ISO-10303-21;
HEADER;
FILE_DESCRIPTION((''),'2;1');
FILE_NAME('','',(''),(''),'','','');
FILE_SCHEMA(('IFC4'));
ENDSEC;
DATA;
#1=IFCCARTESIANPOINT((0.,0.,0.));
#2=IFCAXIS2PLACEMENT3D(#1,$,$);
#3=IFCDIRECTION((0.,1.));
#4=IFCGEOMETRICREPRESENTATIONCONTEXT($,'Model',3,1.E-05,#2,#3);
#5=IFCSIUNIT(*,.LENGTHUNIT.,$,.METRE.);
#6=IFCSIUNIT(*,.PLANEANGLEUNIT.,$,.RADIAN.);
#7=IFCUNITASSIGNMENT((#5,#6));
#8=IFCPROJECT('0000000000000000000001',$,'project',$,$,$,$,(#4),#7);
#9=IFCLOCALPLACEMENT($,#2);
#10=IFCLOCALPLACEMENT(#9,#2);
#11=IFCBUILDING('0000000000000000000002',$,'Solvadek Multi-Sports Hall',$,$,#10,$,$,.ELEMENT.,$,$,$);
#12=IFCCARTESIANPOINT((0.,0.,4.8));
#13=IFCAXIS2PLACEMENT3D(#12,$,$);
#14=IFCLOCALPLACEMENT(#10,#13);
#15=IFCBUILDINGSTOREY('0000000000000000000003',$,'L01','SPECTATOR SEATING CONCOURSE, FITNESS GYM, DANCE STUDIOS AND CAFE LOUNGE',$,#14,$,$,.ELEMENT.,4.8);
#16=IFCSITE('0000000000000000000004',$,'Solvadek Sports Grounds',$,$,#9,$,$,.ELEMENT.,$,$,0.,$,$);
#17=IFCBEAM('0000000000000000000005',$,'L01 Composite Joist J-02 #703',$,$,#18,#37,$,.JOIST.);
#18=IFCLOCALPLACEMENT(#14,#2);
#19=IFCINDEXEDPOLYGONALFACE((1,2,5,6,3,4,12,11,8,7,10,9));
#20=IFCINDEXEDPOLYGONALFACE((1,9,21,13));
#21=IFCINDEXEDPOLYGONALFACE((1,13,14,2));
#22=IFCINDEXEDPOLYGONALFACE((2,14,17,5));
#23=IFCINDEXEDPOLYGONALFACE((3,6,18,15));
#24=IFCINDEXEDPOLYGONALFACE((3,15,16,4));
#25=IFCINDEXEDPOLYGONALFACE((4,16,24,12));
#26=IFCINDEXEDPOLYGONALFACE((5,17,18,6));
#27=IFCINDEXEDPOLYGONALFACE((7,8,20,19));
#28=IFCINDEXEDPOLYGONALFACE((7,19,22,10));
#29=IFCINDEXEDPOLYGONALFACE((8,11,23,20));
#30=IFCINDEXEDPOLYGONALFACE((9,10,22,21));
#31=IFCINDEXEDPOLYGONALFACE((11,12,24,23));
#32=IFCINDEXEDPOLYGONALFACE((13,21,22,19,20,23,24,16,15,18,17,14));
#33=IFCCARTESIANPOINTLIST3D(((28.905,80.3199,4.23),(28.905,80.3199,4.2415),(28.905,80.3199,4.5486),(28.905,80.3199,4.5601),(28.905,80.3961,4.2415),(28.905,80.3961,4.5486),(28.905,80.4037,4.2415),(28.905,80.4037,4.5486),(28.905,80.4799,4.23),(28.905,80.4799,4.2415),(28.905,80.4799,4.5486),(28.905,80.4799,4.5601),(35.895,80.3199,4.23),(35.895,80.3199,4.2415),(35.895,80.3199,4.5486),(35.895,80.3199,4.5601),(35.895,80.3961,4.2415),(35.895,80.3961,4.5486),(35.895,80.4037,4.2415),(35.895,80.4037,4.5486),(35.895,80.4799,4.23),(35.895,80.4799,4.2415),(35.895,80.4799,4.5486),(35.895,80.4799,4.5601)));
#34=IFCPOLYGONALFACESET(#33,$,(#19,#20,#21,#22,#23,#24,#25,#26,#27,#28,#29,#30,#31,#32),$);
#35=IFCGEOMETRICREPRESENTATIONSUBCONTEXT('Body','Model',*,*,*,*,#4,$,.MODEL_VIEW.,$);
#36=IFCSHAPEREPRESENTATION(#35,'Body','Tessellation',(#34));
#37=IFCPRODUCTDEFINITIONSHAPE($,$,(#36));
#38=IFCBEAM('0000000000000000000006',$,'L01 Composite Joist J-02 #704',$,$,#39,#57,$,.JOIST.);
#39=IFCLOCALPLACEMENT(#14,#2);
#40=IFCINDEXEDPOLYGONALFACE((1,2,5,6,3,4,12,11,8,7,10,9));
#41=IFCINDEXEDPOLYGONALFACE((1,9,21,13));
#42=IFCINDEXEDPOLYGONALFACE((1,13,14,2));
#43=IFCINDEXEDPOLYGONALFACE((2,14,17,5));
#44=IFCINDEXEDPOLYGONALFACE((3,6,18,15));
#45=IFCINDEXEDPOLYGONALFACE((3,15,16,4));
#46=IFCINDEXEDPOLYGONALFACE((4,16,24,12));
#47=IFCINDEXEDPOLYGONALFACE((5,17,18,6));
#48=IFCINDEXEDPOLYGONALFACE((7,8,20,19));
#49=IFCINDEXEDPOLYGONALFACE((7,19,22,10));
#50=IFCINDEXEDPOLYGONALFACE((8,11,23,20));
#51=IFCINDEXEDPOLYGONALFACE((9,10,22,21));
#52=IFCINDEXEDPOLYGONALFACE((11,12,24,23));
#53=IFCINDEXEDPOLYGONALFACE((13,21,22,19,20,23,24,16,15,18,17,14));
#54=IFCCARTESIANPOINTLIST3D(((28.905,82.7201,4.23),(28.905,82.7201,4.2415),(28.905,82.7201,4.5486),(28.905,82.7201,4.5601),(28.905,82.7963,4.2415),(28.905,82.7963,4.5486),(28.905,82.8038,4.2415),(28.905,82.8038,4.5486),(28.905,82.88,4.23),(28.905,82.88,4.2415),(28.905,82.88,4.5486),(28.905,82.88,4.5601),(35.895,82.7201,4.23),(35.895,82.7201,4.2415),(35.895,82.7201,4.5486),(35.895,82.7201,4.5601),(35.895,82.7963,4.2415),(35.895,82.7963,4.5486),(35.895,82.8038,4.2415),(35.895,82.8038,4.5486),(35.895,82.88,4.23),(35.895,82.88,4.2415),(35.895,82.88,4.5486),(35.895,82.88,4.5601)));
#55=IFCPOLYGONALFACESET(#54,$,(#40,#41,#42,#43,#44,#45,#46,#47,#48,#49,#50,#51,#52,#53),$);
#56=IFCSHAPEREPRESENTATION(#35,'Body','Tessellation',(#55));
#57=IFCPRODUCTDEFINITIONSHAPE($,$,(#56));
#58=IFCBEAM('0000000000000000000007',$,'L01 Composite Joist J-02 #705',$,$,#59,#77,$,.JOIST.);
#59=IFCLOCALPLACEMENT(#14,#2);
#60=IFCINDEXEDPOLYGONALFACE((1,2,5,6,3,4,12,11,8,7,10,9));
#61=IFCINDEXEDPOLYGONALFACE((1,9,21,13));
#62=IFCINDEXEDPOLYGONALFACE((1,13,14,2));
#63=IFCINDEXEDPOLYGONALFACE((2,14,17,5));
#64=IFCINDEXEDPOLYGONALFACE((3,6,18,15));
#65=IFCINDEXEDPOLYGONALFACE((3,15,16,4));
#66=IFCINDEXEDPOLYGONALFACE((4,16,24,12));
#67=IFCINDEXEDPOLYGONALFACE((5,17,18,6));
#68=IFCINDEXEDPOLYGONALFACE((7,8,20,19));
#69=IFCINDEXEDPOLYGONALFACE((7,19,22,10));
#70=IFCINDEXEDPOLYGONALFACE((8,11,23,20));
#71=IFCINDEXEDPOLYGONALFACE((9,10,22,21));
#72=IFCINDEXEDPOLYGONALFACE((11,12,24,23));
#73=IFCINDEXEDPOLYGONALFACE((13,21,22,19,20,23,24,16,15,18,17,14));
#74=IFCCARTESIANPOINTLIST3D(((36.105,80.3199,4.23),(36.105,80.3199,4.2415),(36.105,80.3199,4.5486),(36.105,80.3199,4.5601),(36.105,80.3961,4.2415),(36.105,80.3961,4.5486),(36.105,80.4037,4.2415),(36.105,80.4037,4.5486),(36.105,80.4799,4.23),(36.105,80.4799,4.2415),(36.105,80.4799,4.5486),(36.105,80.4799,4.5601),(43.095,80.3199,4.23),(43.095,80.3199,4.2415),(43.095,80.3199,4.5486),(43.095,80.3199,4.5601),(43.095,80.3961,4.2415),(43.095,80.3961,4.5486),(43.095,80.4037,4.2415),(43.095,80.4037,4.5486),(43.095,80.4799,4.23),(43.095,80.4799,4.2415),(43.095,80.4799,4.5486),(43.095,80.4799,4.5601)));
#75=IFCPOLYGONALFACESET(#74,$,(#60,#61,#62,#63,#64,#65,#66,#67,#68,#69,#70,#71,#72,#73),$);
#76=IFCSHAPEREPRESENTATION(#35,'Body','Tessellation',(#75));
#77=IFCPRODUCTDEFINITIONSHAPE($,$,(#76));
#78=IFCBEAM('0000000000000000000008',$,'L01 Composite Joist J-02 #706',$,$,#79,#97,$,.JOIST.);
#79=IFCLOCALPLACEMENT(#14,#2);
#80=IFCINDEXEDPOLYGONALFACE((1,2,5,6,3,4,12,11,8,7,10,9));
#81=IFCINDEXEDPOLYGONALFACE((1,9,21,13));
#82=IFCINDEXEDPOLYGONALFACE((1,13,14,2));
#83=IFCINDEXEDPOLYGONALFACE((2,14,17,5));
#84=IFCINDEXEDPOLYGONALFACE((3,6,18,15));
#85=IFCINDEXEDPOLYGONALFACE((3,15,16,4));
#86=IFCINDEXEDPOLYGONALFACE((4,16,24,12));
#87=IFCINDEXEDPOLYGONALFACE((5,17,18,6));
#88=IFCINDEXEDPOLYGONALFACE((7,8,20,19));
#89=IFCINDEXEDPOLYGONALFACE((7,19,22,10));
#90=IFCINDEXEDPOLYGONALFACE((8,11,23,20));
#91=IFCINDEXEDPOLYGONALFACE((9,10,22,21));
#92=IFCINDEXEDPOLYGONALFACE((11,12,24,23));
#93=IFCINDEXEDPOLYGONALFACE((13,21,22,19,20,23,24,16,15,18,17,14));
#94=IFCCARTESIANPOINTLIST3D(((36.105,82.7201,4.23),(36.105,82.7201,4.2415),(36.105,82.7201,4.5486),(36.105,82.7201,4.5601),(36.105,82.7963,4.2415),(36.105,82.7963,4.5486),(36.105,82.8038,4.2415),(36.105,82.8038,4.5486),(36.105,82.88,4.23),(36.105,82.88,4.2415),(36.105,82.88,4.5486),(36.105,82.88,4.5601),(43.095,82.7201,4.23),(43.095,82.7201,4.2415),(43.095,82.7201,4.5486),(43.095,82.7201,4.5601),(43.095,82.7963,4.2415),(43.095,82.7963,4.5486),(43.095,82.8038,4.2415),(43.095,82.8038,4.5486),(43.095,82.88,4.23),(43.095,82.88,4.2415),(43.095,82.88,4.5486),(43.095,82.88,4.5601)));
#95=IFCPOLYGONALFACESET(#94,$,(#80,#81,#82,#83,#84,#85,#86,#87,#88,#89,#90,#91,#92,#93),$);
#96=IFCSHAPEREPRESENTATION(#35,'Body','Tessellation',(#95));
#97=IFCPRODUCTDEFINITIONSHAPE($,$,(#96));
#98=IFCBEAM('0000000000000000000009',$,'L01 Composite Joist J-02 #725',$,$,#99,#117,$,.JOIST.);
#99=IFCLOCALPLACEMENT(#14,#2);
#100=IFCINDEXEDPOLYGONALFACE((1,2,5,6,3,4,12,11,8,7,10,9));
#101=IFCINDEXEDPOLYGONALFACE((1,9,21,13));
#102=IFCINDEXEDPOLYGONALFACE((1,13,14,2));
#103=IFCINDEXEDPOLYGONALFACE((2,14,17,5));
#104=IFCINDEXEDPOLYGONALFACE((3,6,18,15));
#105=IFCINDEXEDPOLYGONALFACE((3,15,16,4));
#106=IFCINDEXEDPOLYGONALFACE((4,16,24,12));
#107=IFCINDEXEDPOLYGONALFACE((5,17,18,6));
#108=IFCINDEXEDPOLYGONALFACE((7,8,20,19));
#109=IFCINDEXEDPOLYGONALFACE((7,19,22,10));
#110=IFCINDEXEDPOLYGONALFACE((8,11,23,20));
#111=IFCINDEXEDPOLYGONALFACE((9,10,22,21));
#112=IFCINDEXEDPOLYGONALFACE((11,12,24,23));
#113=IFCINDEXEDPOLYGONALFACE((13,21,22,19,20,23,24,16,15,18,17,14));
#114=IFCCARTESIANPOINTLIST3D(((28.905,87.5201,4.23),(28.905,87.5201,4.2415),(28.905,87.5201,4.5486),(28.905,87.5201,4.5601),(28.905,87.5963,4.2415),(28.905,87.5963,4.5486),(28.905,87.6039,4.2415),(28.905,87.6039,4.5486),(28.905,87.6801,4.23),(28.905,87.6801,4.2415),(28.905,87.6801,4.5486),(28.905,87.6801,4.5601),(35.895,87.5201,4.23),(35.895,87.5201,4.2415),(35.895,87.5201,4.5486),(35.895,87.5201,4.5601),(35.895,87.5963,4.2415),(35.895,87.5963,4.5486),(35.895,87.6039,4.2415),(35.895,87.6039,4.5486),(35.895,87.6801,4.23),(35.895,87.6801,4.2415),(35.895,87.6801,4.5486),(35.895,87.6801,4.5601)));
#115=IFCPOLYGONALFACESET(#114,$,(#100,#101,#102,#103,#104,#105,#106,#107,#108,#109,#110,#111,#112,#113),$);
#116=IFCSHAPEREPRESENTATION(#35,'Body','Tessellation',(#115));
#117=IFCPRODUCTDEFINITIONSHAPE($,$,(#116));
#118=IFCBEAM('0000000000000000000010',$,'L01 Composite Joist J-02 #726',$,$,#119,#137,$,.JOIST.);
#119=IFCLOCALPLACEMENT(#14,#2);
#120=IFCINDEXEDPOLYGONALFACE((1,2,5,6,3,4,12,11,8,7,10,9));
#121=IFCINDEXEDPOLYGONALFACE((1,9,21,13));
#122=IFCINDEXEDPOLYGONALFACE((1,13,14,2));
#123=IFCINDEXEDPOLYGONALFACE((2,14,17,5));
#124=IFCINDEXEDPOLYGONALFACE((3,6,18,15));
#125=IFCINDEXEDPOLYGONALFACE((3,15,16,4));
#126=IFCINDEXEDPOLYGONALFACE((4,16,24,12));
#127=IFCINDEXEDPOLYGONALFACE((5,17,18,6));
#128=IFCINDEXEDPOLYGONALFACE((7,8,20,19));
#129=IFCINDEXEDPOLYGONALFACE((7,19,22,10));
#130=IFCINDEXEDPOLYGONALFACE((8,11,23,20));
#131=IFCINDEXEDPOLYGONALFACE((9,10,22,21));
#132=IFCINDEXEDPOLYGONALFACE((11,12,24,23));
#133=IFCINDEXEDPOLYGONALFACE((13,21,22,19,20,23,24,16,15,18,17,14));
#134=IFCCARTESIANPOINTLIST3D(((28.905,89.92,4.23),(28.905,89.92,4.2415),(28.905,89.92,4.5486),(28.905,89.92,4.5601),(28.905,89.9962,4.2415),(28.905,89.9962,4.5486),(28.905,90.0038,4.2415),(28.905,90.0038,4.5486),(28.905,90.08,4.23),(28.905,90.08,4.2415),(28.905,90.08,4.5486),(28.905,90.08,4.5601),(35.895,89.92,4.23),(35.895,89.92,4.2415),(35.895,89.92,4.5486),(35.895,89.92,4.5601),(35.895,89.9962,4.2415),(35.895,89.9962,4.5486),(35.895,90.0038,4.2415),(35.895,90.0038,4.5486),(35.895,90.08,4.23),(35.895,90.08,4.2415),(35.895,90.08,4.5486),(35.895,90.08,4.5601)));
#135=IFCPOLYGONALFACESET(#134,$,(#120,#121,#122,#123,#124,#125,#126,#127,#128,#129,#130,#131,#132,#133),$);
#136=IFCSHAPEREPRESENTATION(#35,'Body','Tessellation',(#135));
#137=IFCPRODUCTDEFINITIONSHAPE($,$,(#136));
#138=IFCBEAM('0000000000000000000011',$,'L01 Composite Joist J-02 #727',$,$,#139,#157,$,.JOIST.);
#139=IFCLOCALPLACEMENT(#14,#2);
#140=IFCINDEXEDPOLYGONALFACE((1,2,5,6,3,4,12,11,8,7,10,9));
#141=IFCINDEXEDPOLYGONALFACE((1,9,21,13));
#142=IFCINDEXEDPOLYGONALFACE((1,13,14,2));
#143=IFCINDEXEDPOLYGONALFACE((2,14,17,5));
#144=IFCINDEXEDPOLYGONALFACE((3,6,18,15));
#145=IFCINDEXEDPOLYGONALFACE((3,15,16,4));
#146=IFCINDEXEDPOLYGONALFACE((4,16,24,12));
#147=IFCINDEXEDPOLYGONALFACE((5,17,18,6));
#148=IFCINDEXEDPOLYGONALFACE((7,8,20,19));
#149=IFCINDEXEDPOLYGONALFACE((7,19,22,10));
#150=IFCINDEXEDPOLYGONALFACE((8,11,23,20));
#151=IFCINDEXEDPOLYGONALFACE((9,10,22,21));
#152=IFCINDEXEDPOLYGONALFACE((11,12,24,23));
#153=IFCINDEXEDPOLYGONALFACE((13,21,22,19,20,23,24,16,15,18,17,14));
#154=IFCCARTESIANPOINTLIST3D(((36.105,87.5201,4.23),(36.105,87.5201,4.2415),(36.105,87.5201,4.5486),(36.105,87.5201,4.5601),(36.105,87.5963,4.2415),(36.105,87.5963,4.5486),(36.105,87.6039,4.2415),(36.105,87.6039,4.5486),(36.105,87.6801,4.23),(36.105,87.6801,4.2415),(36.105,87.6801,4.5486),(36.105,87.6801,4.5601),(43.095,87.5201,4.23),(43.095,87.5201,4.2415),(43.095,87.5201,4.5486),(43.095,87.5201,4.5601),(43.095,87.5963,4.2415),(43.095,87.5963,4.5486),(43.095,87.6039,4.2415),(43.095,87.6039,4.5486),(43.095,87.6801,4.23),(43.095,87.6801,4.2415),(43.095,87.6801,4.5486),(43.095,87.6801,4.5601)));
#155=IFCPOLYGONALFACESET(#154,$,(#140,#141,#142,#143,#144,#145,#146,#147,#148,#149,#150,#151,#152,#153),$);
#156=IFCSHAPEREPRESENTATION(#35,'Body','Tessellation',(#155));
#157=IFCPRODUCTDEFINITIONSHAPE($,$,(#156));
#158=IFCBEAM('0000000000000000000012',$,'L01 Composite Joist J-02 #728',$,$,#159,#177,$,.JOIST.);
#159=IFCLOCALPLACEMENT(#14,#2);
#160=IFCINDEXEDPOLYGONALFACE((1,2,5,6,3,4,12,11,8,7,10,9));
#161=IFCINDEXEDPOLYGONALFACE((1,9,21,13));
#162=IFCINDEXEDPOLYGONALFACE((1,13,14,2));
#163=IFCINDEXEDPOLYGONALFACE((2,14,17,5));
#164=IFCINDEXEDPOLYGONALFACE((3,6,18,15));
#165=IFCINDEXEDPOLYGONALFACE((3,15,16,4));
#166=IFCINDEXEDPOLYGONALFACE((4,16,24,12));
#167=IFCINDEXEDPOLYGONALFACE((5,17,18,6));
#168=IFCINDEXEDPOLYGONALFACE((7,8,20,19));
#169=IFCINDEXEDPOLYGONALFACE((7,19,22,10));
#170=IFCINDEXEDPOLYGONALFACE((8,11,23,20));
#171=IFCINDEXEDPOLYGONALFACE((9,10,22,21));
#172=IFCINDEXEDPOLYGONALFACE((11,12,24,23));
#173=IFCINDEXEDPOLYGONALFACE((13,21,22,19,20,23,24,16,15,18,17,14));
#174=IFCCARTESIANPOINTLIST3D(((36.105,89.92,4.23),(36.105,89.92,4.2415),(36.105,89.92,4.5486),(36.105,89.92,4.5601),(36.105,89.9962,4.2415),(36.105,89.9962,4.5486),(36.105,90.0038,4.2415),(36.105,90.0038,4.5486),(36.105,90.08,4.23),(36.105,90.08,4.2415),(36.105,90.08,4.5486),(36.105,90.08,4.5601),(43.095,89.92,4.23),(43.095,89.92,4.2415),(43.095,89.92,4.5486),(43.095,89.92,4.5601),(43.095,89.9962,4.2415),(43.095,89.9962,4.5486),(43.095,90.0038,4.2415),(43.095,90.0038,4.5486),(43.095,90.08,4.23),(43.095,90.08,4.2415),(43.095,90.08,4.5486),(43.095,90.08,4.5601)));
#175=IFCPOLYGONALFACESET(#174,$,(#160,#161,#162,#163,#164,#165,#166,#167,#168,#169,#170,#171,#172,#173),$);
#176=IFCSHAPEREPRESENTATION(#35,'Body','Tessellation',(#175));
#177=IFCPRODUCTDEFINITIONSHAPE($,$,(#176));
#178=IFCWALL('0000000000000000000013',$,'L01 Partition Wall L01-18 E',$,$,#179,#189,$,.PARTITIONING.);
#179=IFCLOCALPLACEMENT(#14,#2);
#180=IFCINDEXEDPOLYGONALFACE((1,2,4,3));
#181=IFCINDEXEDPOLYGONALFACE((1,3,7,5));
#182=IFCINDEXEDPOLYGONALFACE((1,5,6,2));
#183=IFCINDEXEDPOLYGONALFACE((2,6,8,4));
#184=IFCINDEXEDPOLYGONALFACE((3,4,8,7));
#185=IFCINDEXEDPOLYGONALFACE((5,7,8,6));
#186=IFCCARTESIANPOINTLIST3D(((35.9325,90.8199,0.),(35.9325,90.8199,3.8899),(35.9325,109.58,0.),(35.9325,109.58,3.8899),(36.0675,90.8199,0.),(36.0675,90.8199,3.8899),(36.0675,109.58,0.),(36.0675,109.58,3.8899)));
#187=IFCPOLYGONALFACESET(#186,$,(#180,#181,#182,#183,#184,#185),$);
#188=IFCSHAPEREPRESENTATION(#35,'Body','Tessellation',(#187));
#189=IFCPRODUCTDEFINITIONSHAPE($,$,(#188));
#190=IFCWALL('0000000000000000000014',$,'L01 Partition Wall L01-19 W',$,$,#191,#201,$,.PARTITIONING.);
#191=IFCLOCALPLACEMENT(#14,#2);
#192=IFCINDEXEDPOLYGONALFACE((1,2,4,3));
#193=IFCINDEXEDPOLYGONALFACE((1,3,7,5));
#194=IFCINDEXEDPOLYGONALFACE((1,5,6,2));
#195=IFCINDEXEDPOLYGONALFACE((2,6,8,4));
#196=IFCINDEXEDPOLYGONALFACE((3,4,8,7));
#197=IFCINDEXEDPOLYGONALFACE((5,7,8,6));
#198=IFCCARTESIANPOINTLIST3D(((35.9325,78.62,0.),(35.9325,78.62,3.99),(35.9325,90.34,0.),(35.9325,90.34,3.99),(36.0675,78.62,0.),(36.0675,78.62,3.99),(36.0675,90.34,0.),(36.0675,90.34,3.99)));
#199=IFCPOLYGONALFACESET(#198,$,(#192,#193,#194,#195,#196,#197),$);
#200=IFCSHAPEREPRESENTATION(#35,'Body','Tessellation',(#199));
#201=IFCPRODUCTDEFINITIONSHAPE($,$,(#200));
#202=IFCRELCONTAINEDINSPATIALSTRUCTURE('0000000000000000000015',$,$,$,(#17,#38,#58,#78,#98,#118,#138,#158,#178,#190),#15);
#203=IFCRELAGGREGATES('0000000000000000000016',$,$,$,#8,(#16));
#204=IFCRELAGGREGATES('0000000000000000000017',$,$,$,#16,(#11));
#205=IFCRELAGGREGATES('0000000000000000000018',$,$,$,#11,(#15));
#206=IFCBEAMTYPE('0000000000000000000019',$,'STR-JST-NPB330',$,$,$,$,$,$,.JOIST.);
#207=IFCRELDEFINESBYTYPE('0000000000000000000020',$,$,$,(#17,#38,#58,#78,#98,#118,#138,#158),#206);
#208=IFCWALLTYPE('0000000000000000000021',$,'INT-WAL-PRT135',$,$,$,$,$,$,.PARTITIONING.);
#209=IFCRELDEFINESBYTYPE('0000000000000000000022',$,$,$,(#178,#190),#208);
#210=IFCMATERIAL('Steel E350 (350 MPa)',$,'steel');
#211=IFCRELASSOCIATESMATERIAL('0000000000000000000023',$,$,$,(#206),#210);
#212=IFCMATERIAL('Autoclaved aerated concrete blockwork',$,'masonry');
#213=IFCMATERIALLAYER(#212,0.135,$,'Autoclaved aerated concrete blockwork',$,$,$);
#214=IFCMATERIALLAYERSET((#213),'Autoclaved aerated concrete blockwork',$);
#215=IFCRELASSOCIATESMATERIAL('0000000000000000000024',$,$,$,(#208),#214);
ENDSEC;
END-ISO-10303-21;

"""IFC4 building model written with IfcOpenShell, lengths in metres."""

from ifc_helpers import new_model, si_unit, direction, frame, frame_2d, origin, origin_2d, place, context, subcontext, project, spatial, rectangle, i_section, extrude, material, layer, layer_set, material_profile, profile_set, type_object, element, save


model = new_model("IFC4")

# Units and contexts
model_context = context("Model", 3, precision=1e-05, world=origin(), true_north=direction((0.0, 1.0)))
body_context = subcontext(model_context, "Body", "Model", "MODEL_VIEW")
ifc_project = project(units=[si_unit("LENGTHUNIT", "METRE"), si_unit("PLANEANGLEUNIT", "RADIAN")], contexts=[model_context])

# Site, building, storey
site_placement = place(None, origin())
site = spatial("IfcSite", under=ifc_project, at=site_placement, Name="Solvadek Sports Grounds", CompositionType="ELEMENT", RefElevation=0.0)
building_placement = place(site_placement, origin())
building = spatial("IfcBuilding", under=site, at=building_placement, Name="Solvadek Multi-Sports Hall", CompositionType="ELEMENT")
storey_placement = place(building_placement, frame((0.0, 0.0, 4.8)))
storey = spatial("IfcBuildingStorey", under=building, at=storey_placement, Name="L01", Description="SPECTATOR SEATING CONCOURSE, FITNESS GYM, DANCE STUDIOS AND CAFE LOUNGE", CompositionType="ELEMENT", Elevation=4.8)

# Shared definitions
ifc_material_1 = material(Name="Steel E350 (350 MPa)", Category="steel")

# Beams
ifc_material_profile_1 = material_profile(ifc_material_1, i_section(OverallWidth=0.1599, OverallDepth=0.3301, WebThickness=0.0076, FlangeThickness=0.0115, at=origin_2d()), Name="NPB 330")
ifc_profile_set_1 = profile_set([ifc_material_profile_1], Name="Steel E350 (350 MPa)")
beam_type_1 = type_object("IfcBeamType", Name="STR-JST-NPB330", PredefinedType="JOIST", material=ifc_profile_set_1)
for number, where, z_axis, x_axis, name in (
    (1, (28.905, 80.3999, 4.395), (1.0, 0.0, 0.0), (0.0, 1.0, 0.0), "L01 Composite Joist J-02 #703"),
    (2, (28.905, 82.8, 4.395), (1.0, 0.0, 0.0), (0.0, 1.0, 0.0), "L01 Composite Joist J-02 #704"),
    (3, (36.105, 80.3999, 4.395), (1.0, 0.0, 0.0), (0.0, 1.0, 0.0), "L01 Composite Joist J-02 #705"),
    (4, (36.105, 82.8, 4.395), (1.0, 0.0, 0.0), (0.0, 1.0, 0.0), "L01 Composite Joist J-02 #706"),
    (5, (28.905, 87.6001, 4.395), (1.0, 0.0, 0.0), (0.0, 1.0, 0.0), "L01 Composite Joist J-02 #725"),
    (6, (28.905, 90.0, 4.395), (1.0, 0.0, 0.0), (0.0, 1.0, 0.0), "L01 Composite Joist J-02 #726"),
    (7, (36.105, 87.6001, 4.395), (1.0, 0.0, 0.0), (0.0, 1.0, 0.0), "L01 Composite Joist J-02 #727"),
    (8, (36.105, 90.0, 4.395), (1.0, 0.0, 0.0), (0.0, 1.0, 0.0), "L01 Composite Joist J-02 #728"),
):
    element("IfcBeam", number, at=place(storey_placement, frame(where, z_axis=z_axis, x_axis=x_axis)), inside=storey, type_object=beam_type_1, Name=name, PredefinedType="JOIST", context=body_context, shape_type="SweptSolid", body=[
        extrude(i_section(OverallWidth=0.1599, OverallDepth=0.3301, WebThickness=0.0076, FlangeThickness=0.0115, at=origin_2d()), origin(), (0.0, 0.0, 1.0), 6.99),
    ])

# Walls
ifc_material_2 = material(Name="Autoclaved aerated concrete blockwork", Category="masonry")
ifc_layer = layer(ifc_material_2, 0.135, Name="Autoclaved aerated concrete blockwork")
ifc_layer_set = layer_set([ifc_layer], Name="Autoclaved aerated concrete blockwork")
wall_type = type_object("IfcWallType", Name="INT-WAL-PRT135", PredefinedType="PARTITIONING", material=ifc_layer_set)
wall_1_placement = place(storey_placement, frame((36.0, 90.8201, 0.0), z_axis=(0.0, 0.0, 1.0), x_axis=(0.0, 1.0, 0.0)))
element("IfcWall", 9, at=wall_1_placement, inside=storey, type_object=wall_type, Name="L01 Partition Wall L01-18 E", PredefinedType="PARTITIONING", context=body_context, shape_type="SweptSolid", body=[
    extrude(rectangle(XDim=18.76, YDim=0.135, at=frame_2d((9.3799, 0.0))), origin(), (0.0, 0.0, 1.0), 3.8899),
])
wall_2_placement = place(storey_placement, frame((36.0, 78.6201, 0.0), z_axis=(0.0, 0.0, 1.0), x_axis=(0.0, 1.0, 0.0)))
element("IfcWall", 10, at=wall_2_placement, inside=storey, type_object=wall_type, Name="L01 Partition Wall L01-19 W", PredefinedType="PARTITIONING", context=body_context, shape_type="SweptSolid", body=[
    extrude(rectangle(XDim=11.72, YDim=0.135, at=frame_2d((5.8599, 0.0))), origin(), (0.0, 0.0, 1.0), 3.99),
])

save(model, "model.ifc")
